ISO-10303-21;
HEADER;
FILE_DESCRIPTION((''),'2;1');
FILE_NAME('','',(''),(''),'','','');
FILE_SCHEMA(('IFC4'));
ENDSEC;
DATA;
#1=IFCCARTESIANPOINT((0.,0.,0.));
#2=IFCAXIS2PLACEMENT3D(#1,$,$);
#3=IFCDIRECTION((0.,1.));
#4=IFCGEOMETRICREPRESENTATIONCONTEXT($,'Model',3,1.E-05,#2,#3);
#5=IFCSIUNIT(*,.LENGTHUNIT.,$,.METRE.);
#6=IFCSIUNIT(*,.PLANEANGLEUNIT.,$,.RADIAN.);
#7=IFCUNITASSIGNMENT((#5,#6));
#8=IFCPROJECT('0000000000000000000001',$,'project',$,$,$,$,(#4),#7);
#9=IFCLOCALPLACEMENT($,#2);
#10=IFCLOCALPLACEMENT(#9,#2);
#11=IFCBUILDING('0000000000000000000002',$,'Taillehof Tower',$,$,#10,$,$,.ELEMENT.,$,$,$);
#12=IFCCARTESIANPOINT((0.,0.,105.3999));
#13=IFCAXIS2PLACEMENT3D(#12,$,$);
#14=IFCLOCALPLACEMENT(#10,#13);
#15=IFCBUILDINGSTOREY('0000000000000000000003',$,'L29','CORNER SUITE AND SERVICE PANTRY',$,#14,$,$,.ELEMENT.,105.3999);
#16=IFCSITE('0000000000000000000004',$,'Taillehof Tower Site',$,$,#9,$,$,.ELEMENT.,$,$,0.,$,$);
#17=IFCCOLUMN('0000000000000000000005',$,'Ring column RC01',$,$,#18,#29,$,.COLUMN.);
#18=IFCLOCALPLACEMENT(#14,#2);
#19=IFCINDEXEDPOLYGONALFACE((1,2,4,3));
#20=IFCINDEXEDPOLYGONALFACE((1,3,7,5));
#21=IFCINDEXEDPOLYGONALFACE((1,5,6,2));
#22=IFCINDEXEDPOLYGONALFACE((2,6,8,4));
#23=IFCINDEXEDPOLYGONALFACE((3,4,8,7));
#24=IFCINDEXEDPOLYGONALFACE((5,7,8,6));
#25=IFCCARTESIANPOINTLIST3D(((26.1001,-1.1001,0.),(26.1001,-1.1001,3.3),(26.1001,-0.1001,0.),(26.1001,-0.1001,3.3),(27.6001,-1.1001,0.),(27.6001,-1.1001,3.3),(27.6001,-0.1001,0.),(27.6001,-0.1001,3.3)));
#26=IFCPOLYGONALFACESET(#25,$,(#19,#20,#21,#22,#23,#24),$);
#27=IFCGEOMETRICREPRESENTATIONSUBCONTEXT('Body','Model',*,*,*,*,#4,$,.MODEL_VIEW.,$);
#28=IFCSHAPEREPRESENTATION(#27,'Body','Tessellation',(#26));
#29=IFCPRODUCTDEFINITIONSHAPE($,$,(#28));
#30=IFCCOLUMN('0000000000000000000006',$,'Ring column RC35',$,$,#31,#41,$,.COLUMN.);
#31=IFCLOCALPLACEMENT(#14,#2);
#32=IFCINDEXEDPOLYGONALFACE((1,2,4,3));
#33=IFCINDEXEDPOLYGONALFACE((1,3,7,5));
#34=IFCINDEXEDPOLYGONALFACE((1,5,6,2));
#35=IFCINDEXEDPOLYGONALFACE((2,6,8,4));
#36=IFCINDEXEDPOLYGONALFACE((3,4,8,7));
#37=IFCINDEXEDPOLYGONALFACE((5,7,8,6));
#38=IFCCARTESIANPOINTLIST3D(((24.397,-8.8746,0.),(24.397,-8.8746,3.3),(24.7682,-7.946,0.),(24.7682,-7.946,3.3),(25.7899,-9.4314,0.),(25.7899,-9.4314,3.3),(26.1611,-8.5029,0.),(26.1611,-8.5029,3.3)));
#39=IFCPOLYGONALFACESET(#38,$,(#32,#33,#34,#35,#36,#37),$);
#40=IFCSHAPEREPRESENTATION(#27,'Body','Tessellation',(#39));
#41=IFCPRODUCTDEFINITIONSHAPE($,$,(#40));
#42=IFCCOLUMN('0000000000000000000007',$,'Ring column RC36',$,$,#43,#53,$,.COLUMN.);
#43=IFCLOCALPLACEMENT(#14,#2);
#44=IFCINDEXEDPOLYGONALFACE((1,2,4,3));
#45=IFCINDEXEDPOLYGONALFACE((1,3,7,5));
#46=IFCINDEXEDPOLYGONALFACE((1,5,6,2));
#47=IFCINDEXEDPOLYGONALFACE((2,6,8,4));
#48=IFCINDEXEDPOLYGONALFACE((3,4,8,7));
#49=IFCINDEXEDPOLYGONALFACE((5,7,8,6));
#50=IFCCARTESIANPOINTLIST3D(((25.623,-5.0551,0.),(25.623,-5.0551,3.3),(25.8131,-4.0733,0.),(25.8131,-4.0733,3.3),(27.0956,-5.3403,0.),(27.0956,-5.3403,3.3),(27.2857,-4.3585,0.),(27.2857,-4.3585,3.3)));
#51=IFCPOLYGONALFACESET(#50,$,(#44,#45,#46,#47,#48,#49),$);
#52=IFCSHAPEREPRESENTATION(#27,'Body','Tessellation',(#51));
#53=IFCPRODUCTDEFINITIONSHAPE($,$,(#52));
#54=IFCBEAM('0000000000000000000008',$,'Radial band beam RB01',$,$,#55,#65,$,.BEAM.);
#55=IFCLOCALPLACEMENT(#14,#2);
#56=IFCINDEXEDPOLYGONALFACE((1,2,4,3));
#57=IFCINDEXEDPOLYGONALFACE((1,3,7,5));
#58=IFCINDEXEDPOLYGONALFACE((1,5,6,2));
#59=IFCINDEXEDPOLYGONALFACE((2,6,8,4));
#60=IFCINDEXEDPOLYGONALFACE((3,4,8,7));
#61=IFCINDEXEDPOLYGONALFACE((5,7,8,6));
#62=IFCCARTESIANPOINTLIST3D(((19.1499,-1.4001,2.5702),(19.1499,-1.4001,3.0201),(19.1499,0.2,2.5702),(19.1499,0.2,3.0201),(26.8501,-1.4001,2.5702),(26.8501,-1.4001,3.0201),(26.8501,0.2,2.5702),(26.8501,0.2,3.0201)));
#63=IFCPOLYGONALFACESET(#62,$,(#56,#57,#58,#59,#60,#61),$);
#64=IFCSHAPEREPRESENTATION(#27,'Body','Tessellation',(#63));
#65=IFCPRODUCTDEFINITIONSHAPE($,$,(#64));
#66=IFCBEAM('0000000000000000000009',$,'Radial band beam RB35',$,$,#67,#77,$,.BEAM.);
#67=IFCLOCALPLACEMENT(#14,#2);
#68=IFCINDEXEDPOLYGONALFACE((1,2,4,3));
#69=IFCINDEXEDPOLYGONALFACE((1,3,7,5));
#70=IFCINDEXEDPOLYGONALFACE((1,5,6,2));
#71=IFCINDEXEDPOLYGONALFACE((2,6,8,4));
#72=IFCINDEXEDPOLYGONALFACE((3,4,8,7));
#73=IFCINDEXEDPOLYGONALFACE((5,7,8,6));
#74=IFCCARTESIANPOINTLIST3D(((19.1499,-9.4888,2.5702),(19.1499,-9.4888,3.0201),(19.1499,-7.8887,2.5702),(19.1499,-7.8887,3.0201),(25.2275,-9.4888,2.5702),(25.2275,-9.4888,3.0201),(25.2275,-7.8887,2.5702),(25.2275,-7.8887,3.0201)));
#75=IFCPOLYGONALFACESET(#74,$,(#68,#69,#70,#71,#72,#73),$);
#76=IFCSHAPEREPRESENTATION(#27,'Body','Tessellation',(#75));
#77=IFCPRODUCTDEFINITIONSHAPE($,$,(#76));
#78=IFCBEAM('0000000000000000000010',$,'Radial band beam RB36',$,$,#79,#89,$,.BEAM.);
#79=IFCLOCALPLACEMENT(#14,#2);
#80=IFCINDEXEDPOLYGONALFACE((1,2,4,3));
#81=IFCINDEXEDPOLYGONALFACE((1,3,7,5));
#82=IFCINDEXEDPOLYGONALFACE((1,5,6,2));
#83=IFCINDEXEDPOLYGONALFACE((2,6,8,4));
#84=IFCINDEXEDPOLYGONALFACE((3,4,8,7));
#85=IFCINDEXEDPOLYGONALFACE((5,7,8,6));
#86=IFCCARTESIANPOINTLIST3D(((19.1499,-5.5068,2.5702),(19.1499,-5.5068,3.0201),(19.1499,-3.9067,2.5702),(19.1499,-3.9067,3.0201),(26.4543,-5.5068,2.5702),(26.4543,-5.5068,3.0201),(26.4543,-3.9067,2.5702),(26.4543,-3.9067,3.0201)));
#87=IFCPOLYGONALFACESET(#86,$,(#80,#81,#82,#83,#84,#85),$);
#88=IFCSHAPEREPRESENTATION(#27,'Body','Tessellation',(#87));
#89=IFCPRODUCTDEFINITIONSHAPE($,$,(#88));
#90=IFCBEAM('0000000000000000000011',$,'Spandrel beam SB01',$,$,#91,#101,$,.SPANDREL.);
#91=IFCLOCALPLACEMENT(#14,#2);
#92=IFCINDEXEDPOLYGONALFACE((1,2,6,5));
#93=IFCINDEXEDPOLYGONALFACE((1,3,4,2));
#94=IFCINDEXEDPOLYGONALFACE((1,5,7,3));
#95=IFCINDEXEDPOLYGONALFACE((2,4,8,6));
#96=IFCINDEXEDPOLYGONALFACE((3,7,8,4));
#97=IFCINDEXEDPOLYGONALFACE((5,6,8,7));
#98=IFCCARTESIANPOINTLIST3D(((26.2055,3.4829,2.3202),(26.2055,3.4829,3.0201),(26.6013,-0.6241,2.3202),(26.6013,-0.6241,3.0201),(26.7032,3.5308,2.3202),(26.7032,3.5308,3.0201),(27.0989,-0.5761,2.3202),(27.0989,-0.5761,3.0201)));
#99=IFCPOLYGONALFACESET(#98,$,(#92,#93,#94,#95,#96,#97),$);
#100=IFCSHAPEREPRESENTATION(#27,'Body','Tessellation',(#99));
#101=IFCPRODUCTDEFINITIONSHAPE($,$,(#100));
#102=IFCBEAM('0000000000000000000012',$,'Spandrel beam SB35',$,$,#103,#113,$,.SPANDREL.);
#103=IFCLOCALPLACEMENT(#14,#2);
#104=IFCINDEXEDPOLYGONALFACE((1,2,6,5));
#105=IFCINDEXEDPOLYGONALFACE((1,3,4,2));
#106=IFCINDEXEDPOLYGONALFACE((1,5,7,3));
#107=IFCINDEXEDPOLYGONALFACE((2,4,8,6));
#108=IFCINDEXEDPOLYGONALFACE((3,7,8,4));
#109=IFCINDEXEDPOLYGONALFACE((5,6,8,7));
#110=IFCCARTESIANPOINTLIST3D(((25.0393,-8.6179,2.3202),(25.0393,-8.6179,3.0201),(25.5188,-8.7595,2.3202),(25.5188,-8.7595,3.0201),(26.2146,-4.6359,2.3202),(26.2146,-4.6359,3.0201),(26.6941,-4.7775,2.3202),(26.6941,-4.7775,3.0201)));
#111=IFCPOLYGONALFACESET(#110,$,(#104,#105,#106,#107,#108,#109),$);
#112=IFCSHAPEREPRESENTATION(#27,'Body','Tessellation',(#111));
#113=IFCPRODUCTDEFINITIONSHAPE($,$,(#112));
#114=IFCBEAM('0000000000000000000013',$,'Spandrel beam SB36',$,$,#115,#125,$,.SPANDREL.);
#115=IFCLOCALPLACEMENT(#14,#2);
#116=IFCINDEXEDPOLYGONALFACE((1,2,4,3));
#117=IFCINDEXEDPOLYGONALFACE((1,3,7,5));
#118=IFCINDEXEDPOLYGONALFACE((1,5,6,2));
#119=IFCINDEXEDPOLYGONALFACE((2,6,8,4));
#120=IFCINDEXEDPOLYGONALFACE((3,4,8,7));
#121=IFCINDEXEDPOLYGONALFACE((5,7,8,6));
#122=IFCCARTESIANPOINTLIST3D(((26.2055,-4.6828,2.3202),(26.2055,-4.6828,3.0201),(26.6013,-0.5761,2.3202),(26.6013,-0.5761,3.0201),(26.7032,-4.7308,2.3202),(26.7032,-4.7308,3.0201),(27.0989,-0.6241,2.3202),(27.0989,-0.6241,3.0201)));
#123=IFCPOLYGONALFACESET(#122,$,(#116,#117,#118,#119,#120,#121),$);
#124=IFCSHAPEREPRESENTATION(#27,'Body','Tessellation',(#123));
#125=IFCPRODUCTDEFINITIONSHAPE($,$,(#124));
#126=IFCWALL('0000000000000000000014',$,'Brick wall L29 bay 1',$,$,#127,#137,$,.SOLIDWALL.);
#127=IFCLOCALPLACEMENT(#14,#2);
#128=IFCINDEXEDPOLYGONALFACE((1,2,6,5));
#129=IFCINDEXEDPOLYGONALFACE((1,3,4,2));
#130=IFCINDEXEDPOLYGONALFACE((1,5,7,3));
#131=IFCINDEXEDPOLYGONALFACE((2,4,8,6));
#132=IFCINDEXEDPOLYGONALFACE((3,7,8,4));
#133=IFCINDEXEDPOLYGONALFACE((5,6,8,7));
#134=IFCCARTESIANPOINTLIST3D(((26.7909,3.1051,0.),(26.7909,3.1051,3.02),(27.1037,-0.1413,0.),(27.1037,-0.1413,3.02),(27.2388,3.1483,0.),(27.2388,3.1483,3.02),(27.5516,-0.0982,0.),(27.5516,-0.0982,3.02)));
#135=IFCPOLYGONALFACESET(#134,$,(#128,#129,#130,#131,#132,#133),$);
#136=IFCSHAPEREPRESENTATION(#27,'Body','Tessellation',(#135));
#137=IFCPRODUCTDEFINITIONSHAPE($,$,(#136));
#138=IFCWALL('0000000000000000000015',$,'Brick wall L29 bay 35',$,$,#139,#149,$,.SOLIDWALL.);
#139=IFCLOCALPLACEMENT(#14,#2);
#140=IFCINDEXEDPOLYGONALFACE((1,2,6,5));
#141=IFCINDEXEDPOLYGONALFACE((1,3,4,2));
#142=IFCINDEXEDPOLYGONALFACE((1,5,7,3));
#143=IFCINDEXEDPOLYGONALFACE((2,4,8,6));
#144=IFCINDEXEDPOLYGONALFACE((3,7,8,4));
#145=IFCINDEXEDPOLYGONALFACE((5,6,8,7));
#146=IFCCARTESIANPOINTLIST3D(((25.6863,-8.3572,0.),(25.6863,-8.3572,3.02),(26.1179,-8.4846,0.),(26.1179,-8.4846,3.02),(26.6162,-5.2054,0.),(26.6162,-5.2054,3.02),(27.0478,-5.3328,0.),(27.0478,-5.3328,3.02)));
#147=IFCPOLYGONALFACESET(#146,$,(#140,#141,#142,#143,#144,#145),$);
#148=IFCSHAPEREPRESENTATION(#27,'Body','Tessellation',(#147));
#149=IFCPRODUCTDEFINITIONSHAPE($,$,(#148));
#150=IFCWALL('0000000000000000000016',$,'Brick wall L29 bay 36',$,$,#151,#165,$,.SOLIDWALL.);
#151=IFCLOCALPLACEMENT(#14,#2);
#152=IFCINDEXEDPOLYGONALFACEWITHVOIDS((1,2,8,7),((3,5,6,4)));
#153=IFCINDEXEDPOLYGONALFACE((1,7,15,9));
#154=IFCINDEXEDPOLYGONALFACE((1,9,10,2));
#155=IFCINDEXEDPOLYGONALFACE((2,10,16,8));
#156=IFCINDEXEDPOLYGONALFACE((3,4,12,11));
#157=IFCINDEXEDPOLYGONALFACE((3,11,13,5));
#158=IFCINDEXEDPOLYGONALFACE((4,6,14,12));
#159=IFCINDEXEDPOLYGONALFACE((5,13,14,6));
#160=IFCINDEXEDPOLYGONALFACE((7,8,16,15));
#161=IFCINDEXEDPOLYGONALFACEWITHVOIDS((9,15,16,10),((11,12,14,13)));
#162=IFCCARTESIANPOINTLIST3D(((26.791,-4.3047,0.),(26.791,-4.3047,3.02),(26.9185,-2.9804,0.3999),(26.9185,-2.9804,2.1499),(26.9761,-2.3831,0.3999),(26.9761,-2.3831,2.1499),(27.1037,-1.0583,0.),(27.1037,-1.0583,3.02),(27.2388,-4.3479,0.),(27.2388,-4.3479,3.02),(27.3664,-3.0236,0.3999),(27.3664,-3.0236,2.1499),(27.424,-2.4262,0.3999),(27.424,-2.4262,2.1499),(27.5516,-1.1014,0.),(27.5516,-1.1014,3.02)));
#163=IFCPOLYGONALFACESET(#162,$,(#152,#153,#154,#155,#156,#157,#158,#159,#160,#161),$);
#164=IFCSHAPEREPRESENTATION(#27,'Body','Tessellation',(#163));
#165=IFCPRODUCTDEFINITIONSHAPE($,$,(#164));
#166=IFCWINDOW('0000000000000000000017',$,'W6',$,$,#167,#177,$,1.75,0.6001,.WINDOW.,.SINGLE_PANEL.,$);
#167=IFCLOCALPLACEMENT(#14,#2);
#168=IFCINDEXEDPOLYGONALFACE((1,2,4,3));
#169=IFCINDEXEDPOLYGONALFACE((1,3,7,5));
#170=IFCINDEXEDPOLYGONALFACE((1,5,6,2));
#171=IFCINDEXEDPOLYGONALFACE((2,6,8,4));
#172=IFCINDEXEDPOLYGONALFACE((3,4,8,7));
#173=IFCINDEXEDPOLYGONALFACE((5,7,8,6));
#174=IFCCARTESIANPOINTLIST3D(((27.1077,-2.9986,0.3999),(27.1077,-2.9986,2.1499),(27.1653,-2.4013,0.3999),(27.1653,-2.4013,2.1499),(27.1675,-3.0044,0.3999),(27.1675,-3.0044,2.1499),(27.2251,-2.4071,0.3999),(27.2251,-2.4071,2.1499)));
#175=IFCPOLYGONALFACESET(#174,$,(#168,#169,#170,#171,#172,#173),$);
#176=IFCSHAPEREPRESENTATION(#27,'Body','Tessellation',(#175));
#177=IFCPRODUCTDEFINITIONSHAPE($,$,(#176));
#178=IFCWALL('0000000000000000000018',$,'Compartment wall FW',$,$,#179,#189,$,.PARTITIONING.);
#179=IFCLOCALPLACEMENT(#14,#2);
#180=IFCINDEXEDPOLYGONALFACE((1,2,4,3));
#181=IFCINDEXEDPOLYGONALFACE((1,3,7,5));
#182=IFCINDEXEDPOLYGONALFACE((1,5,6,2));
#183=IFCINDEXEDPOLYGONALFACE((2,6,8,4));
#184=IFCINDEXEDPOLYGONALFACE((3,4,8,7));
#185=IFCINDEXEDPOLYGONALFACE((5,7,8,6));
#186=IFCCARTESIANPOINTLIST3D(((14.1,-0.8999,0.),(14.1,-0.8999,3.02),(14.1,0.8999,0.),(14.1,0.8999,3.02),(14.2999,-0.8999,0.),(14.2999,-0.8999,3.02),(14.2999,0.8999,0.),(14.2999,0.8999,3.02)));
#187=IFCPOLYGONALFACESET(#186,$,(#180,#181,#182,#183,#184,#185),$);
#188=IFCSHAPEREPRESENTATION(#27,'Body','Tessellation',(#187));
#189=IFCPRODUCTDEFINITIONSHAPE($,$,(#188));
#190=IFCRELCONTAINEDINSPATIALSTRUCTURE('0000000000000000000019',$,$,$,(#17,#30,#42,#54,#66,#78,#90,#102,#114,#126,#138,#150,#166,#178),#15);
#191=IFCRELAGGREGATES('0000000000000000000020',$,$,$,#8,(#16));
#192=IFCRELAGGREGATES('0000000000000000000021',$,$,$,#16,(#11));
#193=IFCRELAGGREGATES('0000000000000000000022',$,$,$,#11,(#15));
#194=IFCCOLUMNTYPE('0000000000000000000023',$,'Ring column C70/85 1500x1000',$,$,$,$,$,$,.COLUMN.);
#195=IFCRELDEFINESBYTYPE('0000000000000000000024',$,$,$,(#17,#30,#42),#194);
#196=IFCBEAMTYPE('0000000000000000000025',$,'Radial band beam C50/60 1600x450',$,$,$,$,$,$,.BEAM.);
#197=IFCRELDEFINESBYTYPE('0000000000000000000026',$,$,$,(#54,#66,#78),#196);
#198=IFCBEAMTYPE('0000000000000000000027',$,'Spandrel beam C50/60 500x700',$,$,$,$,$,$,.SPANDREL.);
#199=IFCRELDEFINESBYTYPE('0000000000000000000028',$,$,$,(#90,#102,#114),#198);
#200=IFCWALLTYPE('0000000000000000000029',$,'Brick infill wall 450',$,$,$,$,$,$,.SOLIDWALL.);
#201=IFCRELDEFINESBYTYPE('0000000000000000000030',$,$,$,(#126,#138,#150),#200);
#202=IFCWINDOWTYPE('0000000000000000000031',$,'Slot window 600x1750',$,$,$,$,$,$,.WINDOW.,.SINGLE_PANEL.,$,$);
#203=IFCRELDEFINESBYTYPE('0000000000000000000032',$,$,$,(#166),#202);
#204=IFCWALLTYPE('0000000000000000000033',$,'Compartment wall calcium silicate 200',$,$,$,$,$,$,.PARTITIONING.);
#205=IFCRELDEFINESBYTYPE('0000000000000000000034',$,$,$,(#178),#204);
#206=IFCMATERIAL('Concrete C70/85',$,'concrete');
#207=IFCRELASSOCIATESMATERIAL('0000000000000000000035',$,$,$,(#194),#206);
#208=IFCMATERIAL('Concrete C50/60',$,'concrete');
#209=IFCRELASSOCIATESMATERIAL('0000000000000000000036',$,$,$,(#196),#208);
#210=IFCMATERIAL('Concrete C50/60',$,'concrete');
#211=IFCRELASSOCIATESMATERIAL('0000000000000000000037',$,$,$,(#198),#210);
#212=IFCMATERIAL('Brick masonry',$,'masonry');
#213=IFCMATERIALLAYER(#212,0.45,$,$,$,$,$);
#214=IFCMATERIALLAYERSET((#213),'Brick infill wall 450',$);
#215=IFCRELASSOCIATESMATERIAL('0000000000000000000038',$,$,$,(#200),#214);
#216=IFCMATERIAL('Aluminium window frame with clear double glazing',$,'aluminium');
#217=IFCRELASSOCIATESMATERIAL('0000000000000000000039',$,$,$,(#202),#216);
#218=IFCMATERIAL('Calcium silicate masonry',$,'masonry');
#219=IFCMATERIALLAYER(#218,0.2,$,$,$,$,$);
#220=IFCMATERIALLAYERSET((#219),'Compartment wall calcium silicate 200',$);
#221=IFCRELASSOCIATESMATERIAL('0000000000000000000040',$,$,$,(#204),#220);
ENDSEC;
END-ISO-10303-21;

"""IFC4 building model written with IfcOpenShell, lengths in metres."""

from ifc_helpers import new_model, si_unit, direction, frame, frame_2d, origin, origin_2d, place, context, subcontext, project, spatial, rectangle, extrude, material, layer, layer_set, material_profile, profile_set, type_object, element, fill, save


model = new_model("IFC4")

# Units and contexts
model_context = context("Model", 3, precision=1e-05, world=origin(), true_north=direction((0.0, 1.0)))
body_context = subcontext(model_context, "Body", "Model", "MODEL_VIEW")
ifc_project = project(units=[si_unit("LENGTHUNIT", "METRE"), si_unit("PLANEANGLEUNIT", "RADIAN")], contexts=[model_context])

# Site, building, storey
site_placement = place(None, origin())
site = spatial("IfcSite", under=ifc_project, at=site_placement, Name="Taillehof Tower Site", CompositionType="ELEMENT", RefElevation=0.0)
building_placement = place(site_placement, origin())
building = spatial("IfcBuilding", under=site, at=building_placement, Name="Taillehof Tower", CompositionType="ELEMENT")
storey_placement = place(building_placement, frame((0.0, 0.0, 105.3999)))
storey = spatial("IfcBuildingStorey", under=building, at=storey_placement, Name="L29", Description="CORNER SUITE AND SERVICE PANTRY", CompositionType="ELEMENT", Elevation=105.3999)

# Columns
ifc_material_1 = material(Name="Concrete C70/85", Category="concrete")
ifc_material_profile_1 = material_profile(ifc_material_1, rectangle(XDim=1.5, YDim=1.0, at=origin_2d()), Name="RC 1500x1000")
ifc_profile_set_1 = profile_set([ifc_material_profile_1], Name="Concrete C70/85")
column_type = type_object("IfcColumnType", Name="Ring column C70/85 1500x1000", PredefinedType="COLUMN", material=ifc_profile_set_1)
for number, where, z_axis, x_axis, name in (
    (1, (26.8501, -0.6001, 0.0), (0.0, 0.0, 1.0), (1.0, 0.0, 0.0), "Ring column RC01"),
    (2, (25.2791, -8.6887, 0.0), (0.0, 0.0, 1.0), (0.92855, -0.371207, 0.0), "Ring column RC35"),
    (3, (26.4543, -4.7068, 0.0), (0.0, 0.0, 1.0), (0.981757, -0.190138, 0.0), "Ring column RC36"),
):
    element("IfcColumn", number, at=place(storey_placement, frame(where, z_axis=z_axis, x_axis=x_axis)), inside=storey, type_object=column_type, Name=name, PredefinedType="COLUMN", context=body_context, shape_type="SweptSolid", body=[
        extrude(rectangle(XDim=1.5, YDim=1.0, at=origin_2d()), origin(), (0.0, 0.0, 1.0), 3.3),
    ])

# Beams
ifc_material_2 = material(Name="Concrete C50/60", Category="concrete")
ifc_material_profile_2 = material_profile(ifc_material_2, rectangle(XDim=1.6001, YDim=0.45, at=origin_2d()), Name="RC 1600x450")
ifc_profile_set_2 = profile_set([ifc_material_profile_2], Name="Concrete C50/60")
beam_type_1 = type_object("IfcBeamType", Name="Radial band beam C50/60 1600x450", PredefinedType="BEAM", material=ifc_profile_set_2)
beam_1_placement = place(storey_placement, frame((26.8501, -0.6001, 2.7952), z_axis=(-1.0, 0.0, 0.0), x_axis=(0.0, -1.0, 0.0)))
element("IfcBeam", 4, at=beam_1_placement, inside=storey, type_object=beam_type_1, Name="Radial band beam RB01", PredefinedType="BEAM", context=body_context, shape_type="SweptSolid", body=[
    extrude(rectangle(XDim=1.6001, YDim=0.45, at=origin_2d()), origin(), (0.0, 0.0, 1.0), 7.7002),
])
beam_2_placement = place(storey_placement, frame((25.2275, -8.6887, 2.7952), z_axis=(-1.0, 0.0, 0.0), x_axis=(0.0, -1.0, 0.0)))
element("IfcBeam", 5, at=beam_2_placement, inside=storey, type_object=beam_type_1, Name="Radial band beam RB35", PredefinedType="BEAM", context=body_context, shape_type="SweptSolid", body=[
    extrude(rectangle(XDim=1.6001, YDim=0.45, at=origin_2d()), origin(), (0.0, 0.0, 1.0), 6.0776),
])
beam_3_placement = place(storey_placement, frame((26.4543, -4.7068, 2.7952), z_axis=(-1.0, 0.0, 0.0), x_axis=(0.0, -1.0, 0.0)))
element("IfcBeam", 6, at=beam_3_placement, inside=storey, type_object=beam_type_1, Name="Radial band beam RB36", PredefinedType="BEAM", context=body_context, shape_type="SweptSolid", body=[
    extrude(rectangle(XDim=1.6001, YDim=0.45, at=origin_2d()), origin(), (0.0, 0.0, 1.0), 7.3044),
])
ifc_material_3 = material(Name="Concrete C50/60", Category="concrete")
ifc_material_profile_3 = material_profile(ifc_material_3, rectangle(XDim=0.5, YDim=0.7, at=origin_2d()), Name="RC 500x700")
ifc_profile_set_3 = profile_set([ifc_material_profile_3], Name="Concrete C50/60")
beam_type_2 = type_object("IfcBeamType", Name="Spandrel beam C50/60 500x700", PredefinedType="SPANDREL", material=ifc_profile_set_3)
beam_4_placement = place(storey_placement, frame((26.8501, -0.6001, 2.6702), z_axis=(-0.095918, 0.995389, 0.0), x_axis=(-0.995389, -0.095918, 0.0)))
element("IfcBeam", 7, at=beam_4_placement, inside=storey, type_object=beam_type_2, Name="Spandrel beam SB01", PredefinedType="SPANDREL", context=body_context, shape_type="SweptSolid", body=[
    extrude(rectangle(XDim=0.5, YDim=0.7, at=origin_2d()), origin(), (0.0, 0.0, 1.0), 4.126),
])
beam_5_placement = place(storey_placement, frame((25.2791, -8.6887, 2.6702), z_axis=(0.283083, 0.959095, 0.0), x_axis=(-0.959095, 0.283083, 0.0)))
element("IfcBeam", 8, at=beam_5_placement, inside=storey, type_object=beam_type_2, Name="Spandrel beam SB35", PredefinedType="SPANDREL", context=body_context, shape_type="SweptSolid", body=[
    extrude(rectangle(XDim=0.5, YDim=0.7, at=origin_2d()), origin(), (0.0, 0.0, 1.0), 4.1519),
])
beam_6_placement = place(storey_placement, frame((26.4543, -4.7068, 2.6702), z_axis=(0.095923, 0.995389, 0.0), x_axis=(-0.995389, 0.095923, 0.0)))
element("IfcBeam", 9, at=beam_6_placement, inside=storey, type_object=beam_type_2, Name="Spandrel beam SB36", PredefinedType="SPANDREL", context=body_context, shape_type="SweptSolid", body=[
    extrude(rectangle(XDim=0.5, YDim=0.7, at=origin_2d()), origin(), (0.0, 0.0, 1.0), 4.1257),
])

# Walls
ifc_material_4 = material(Name="Brick masonry", Category="masonry")
ifc_layer_1 = layer(ifc_material_4, 0.45)
ifc_layer_set_1 = layer_set([ifc_layer_1], Name="Brick infill wall 450")
wall_type_1 = type_object("IfcWallType", Name="Brick infill wall 450", PredefinedType="SOLIDWALL", material=ifc_layer_set_1)
wall_1_placement = place(storey_placement, frame((27.3276, -0.1199, 0.0), z_axis=(0.0, 0.0, 1.0), x_axis=(-0.095894, 0.995392, 0.0)))
element("IfcWall", 10, at=wall_1_placement, inside=storey, type_object=wall_type_1, Name="Brick wall L29 bay 1", PredefinedType="SOLIDWALL", context=body_context, shape_type="SweptSolid", body=[
    extrude(rectangle(XDim=3.2615, YDim=0.45, at=frame_2d((1.6309, 0.0))), origin(), (0.0, 0.0, 1.0), 3.02),
])
wall_2_placement = place(storey_placement, frame((25.9021, -8.4209, 0.0), z_axis=(0.0, 0.0, 1.0), x_axis=(0.282983, 0.959125, 0.0)))
element("IfcWall", 11, at=wall_2_placement, inside=storey, type_object=wall_type_1, Name="Brick wall L29 bay 35", PredefinedType="SOLIDWALL", context=body_context, shape_type="SweptSolid", body=[
    extrude(rectangle(XDim=3.2861, YDim=0.45, at=frame_2d((1.6431, 0.0))), origin(), (0.0, 0.0, 1.0), 3.02),
])

# Wall, opening, window
wall_3_placement = place(storey_placement, frame((27.0149, -4.3264, 0.0), z_axis=(0.0, 0.0, 1.0), x_axis=(0.095894, 0.995392, 0.0)))
wall_3 = element("IfcWall", 12, at=wall_3_placement, inside=storey, type_object=wall_type_1, Name="Brick wall L29 bay 36", PredefinedType="SOLIDWALL", context=body_context, shape_type="SweptSolid", body=[
    extrude(rectangle(XDim=3.2615, YDim=0.45, at=frame_2d((1.6309, 0.0))), origin(), (0.0, 0.0, 1.0), 3.02),
])
opening_1_placement = place(wall_3_placement, frame((1.3306, 0.0, 0.3999)))
opening_1 = element("IfcOpeningElement", 13, at=opening_1_placement, cuts=wall_3, PredefinedType="OPENING", context=body_context, shape_type="SweptSolid", body=[
    extrude(rectangle(XDim=0.6001, YDim=1.75, at=frame_2d((0.3, 0.875))), frame((0.0, 0.2349, 0.0), z_axis=(0.0, -1.0, 0.0), x_axis=(1.0, 0.0, 0.0)), (0.0, 0.0, 1.0), 0.47),
])
ifc_material_5 = material(Name="Aluminium window frame with clear double glazing", Category="aluminium")
window_type = type_object("IfcWindowType", Name="Slot window 600x1750", PartitioningType="SINGLE_PANEL", PredefinedType="WINDOW", material=ifc_material_5)
window_placement = place(opening_1_placement, origin())
window = element("IfcWindow", 14, at=window_placement, inside=storey, type_object=window_type, Name="W6", OverallHeight=1.75, OverallWidth=0.6001, PartitioningType="SINGLE_PANEL", PredefinedType="WINDOW", context=body_context, shape_type="SweptSolid", body=[
    extrude(rectangle(XDim=0.6001, YDim=1.75, at=frame_2d((0.3, 0.875))), frame((0.0, 0.0349, 0.0), z_axis=(0.0, -1.0, 0.0), x_axis=(1.0, 0.0, 0.0)), (0.0, 0.0, 1.0), 0.0601),
])
fill(opening_1, window)

# Wall
ifc_material_6 = material(Name="Calcium silicate masonry", Category="masonry")
ifc_layer_2 = layer(ifc_material_6, 0.2)
ifc_layer_set_2 = layer_set([ifc_layer_2], Name="Compartment wall calcium silicate 200")
wall_type_2 = type_object("IfcWallType", Name="Compartment wall calcium silicate 200", PredefinedType="PARTITIONING", material=ifc_layer_set_2)
wall_4_placement = place(storey_placement, frame((14.2, -0.8999, 0.0), z_axis=(0.0, 0.0, 1.0), x_axis=(0.0, 1.0, 0.0)))
element("IfcWall", 15, at=wall_4_placement, inside=storey, type_object=wall_type_2, Name="Compartment wall FW", PredefinedType="PARTITIONING", context=body_context, shape_type="SweptSolid", body=[
    extrude(rectangle(XDim=1.7998, YDim=0.2, at=frame_2d((0.8999, 0.0))), origin(), (0.0, 0.0, 1.0), 3.02),
])

save(model, "model.ifc")
